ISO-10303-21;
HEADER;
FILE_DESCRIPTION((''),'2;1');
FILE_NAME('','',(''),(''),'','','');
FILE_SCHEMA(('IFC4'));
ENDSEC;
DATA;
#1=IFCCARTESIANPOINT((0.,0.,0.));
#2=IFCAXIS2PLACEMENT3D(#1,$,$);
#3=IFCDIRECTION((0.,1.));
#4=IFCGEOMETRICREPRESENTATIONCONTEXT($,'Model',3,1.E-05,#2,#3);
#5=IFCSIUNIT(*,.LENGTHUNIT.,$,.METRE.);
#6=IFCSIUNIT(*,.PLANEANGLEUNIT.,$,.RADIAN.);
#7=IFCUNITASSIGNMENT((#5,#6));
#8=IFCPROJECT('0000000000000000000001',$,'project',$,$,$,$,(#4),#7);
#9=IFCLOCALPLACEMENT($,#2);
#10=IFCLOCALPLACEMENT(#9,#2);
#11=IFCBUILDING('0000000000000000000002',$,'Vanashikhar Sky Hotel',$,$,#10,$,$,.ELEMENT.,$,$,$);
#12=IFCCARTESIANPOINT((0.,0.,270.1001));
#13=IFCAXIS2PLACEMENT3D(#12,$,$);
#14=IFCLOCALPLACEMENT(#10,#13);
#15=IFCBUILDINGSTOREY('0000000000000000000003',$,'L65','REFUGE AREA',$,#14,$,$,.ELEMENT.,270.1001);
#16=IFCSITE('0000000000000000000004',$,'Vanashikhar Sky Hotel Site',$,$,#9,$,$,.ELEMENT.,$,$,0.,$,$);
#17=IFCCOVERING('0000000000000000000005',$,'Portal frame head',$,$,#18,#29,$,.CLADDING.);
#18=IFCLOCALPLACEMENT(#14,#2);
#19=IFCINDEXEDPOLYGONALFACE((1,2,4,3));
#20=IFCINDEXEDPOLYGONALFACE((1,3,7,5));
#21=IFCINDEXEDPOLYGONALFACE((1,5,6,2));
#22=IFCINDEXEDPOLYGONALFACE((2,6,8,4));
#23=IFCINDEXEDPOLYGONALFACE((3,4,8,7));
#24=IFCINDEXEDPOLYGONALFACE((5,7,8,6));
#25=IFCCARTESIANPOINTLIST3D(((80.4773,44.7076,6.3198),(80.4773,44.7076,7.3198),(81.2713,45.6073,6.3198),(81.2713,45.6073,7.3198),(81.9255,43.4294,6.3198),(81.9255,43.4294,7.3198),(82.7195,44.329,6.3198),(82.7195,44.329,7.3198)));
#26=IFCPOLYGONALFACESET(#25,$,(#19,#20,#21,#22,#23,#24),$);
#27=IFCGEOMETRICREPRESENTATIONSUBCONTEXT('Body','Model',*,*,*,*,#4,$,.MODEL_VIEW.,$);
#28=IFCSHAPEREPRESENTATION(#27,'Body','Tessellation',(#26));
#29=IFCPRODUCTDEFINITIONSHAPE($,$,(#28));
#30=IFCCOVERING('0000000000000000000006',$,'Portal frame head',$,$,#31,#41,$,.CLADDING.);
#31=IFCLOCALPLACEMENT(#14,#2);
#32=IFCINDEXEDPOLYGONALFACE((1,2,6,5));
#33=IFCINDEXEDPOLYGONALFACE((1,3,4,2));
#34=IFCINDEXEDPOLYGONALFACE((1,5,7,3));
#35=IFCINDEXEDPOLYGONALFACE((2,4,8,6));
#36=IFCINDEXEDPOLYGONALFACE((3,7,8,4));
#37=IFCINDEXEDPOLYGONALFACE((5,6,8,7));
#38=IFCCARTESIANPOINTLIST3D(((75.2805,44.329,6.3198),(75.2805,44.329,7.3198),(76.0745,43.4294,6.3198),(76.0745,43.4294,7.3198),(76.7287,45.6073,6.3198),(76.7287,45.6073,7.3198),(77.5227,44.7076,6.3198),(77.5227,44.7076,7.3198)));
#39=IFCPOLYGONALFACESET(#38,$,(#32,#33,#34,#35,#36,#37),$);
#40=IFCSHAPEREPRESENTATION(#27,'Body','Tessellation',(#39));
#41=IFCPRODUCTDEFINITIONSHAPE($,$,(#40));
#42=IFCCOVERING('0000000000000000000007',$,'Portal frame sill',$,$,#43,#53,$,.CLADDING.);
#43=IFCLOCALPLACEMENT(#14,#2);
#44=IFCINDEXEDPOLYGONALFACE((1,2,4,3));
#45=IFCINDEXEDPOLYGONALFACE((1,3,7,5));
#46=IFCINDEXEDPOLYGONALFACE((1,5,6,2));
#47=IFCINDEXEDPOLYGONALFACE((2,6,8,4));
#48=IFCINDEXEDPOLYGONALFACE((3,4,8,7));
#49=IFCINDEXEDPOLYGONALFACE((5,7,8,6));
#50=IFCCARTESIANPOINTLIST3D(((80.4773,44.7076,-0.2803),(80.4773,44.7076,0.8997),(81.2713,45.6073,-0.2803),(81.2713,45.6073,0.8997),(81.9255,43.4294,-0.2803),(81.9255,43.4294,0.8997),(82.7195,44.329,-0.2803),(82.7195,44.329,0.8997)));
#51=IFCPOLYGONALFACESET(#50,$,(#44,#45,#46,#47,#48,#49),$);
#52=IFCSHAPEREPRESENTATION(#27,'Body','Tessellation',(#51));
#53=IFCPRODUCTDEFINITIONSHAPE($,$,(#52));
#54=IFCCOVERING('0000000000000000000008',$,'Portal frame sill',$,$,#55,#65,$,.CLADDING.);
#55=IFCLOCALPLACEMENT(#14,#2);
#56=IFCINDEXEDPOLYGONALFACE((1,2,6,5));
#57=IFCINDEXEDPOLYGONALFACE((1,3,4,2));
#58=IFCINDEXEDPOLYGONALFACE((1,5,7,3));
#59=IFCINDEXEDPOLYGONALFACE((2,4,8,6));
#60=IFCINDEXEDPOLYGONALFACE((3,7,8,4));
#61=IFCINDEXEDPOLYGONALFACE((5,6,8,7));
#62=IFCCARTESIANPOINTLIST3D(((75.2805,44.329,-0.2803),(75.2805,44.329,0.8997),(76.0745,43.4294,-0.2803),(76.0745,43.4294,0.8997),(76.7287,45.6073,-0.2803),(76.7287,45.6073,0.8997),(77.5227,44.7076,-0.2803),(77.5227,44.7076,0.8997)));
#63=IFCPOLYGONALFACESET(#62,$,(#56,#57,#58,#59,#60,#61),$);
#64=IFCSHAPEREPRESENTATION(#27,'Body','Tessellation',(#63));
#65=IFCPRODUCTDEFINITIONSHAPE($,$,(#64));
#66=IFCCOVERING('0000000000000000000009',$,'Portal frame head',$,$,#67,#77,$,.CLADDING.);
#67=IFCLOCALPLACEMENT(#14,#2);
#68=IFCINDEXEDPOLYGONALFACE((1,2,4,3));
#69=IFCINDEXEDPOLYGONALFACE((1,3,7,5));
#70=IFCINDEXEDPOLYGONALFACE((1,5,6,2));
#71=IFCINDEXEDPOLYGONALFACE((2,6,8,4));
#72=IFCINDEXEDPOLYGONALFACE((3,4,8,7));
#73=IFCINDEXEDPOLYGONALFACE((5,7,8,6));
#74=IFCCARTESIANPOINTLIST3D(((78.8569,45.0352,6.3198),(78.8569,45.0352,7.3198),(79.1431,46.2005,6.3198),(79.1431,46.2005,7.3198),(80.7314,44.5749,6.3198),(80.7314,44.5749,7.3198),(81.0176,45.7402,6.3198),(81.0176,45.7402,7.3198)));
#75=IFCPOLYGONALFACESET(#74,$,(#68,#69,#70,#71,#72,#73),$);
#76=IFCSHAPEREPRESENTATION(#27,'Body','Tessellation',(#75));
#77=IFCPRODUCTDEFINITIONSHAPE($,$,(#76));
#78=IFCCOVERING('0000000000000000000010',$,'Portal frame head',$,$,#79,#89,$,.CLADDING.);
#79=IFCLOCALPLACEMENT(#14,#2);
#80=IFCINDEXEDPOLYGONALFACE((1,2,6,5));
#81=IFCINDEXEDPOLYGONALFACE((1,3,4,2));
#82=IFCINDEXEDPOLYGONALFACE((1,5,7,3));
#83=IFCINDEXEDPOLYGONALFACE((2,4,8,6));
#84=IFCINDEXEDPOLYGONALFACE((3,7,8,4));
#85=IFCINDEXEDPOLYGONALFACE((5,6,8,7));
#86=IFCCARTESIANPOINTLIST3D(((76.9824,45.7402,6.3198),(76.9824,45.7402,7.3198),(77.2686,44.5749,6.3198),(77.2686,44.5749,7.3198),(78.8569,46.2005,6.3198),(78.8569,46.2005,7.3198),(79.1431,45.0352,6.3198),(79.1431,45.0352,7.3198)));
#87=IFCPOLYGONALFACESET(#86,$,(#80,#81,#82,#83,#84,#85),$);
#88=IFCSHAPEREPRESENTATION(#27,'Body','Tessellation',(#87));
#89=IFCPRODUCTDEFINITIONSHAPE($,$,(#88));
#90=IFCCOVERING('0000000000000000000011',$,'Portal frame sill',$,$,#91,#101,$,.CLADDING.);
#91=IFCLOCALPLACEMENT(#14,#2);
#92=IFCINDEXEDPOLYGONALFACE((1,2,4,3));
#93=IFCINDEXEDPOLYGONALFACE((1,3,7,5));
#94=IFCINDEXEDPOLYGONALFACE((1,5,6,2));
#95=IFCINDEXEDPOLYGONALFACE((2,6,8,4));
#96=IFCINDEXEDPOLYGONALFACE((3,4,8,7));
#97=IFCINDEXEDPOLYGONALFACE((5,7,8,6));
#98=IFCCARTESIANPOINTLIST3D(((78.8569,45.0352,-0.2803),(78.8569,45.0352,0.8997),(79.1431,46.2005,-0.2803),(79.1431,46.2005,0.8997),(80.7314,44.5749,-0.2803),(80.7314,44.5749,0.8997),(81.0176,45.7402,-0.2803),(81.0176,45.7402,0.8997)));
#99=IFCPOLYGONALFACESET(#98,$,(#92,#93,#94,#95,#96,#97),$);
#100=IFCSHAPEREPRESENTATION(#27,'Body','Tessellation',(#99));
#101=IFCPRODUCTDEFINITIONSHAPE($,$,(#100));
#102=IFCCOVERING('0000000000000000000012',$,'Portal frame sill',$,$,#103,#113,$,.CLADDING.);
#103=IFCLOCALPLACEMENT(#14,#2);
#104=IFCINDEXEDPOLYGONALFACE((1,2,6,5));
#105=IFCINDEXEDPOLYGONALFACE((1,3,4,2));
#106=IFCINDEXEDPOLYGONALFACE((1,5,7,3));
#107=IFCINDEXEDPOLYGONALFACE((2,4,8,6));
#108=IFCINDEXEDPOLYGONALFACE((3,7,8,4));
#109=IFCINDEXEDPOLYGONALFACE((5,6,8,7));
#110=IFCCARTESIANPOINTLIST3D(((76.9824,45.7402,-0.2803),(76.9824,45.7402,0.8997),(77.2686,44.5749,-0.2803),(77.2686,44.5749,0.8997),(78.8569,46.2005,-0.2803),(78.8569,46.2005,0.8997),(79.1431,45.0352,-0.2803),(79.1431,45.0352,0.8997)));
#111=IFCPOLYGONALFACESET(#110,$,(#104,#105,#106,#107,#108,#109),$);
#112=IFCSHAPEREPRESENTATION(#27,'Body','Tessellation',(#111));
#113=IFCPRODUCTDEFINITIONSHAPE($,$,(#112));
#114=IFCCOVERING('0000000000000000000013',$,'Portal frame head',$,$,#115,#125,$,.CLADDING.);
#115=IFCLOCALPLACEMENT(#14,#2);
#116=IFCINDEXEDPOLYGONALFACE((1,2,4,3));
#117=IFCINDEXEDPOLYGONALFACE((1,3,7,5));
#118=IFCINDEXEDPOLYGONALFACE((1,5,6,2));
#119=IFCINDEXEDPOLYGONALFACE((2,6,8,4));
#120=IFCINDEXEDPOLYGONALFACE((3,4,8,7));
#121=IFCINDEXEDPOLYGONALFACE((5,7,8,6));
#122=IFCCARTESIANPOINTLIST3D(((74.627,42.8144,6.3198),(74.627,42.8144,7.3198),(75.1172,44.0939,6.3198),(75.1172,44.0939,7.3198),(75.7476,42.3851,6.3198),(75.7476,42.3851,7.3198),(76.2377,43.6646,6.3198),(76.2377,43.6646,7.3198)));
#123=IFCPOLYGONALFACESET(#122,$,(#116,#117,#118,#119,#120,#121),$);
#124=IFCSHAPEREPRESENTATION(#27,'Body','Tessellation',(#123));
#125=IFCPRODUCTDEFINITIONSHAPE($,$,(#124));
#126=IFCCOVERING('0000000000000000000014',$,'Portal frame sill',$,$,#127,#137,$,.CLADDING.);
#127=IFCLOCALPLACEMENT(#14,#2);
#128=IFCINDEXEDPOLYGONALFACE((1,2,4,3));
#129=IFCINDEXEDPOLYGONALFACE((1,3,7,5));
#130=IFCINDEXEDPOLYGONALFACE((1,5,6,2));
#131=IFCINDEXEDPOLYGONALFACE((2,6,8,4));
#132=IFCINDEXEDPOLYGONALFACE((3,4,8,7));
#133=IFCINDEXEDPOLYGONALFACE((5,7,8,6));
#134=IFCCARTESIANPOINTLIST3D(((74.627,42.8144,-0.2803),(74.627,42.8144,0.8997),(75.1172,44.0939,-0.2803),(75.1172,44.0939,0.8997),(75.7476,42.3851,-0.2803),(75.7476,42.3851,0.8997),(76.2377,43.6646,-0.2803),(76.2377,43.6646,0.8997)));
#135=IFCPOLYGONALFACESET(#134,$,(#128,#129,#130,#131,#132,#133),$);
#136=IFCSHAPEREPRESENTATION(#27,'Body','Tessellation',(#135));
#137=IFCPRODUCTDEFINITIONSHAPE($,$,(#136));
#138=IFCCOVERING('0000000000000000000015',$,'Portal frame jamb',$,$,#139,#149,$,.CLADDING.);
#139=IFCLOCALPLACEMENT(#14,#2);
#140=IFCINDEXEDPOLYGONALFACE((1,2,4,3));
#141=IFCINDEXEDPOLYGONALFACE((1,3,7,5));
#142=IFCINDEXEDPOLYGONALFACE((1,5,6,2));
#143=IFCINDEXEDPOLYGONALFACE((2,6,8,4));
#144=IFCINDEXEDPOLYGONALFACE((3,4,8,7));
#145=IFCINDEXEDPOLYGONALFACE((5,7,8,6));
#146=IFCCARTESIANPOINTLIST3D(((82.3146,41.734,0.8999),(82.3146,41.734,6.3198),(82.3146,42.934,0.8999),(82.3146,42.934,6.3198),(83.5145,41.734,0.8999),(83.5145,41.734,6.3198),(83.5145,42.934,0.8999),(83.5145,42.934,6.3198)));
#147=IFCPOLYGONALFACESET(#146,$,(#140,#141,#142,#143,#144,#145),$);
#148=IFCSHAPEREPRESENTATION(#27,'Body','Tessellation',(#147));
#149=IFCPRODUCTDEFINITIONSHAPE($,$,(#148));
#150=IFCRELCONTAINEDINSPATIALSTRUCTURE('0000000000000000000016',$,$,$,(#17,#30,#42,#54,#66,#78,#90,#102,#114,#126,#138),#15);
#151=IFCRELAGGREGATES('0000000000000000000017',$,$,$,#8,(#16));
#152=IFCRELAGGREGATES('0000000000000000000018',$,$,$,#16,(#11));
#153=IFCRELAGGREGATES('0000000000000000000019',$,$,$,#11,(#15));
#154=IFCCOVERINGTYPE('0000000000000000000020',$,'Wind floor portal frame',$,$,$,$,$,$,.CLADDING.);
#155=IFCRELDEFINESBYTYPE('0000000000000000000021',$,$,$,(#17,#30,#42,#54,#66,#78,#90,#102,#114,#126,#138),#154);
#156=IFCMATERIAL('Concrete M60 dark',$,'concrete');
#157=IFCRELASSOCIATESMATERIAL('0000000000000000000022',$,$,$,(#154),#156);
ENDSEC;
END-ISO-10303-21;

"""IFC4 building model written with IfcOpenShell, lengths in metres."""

from ifc_helpers import new_model, si_unit, direction, frame, origin, origin_2d, place, context, subcontext, project, spatial, rectangle, extrude, source, transform, mapped, material, type_object, element, save


model = new_model("IFC4")

# Units and contexts
model_context = context("Model", 3, precision=1e-05, world=origin(), true_north=direction((0.0, 1.0)))
body_context = subcontext(model_context, "Body", "Model", "MODEL_VIEW")
ifc_project = project(units=[si_unit("LENGTHUNIT", "METRE"), si_unit("PLANEANGLEUNIT", "RADIAN")], contexts=[model_context])

# Site, building, storey
site_placement = place(None, origin())
site = spatial("IfcSite", under=ifc_project, at=site_placement, Name="Vanashikhar Sky Hotel Site", CompositionType="ELEMENT", RefElevation=0.0)
building_placement = place(site_placement, origin())
building = spatial("IfcBuilding", under=site, at=building_placement, Name="Vanashikhar Sky Hotel", CompositionType="ELEMENT")
storey_placement = place(building_placement, frame((0.0, 0.0, 270.1001)))
storey = spatial("IfcBuildingStorey", under=building, at=storey_placement, Name="L65", Description="REFUGE AREA", CompositionType="ELEMENT", Elevation=270.1001)

# Coverings
ifc_material_1 = material(Name="Concrete M60 dark", Category="concrete")
covering_type = type_object("IfcCoveringType", Name="Wind floor portal frame", PredefinedType="CLADDING", material=ifc_material_1)
shared_shape_1 = source(origin(), body_context, "Body", "SweptSolid", [
    extrude(rectangle(XDim=1.9316, YDim=1.2, at=origin_2d()), origin(), (0.0, 0.0, 1.0), 1.0),
])
for number, where, z_axis, x_axis, name in (
    (1, (81.5984, 44.5183, 6.3198), (0.0, 0.0, 1.0), (-0.749742, 0.661731, 0.0), "Portal frame head"),
    (2, (76.4016, 44.5183, 6.3198), (0.0, 0.0, 1.0), (-0.749742, -0.661731, 0.0), "Portal frame head"),
):
    element("IfcCovering", number, at=place(storey_placement, frame(where, z_axis=z_axis, x_axis=x_axis)), inside=storey, type_object=covering_type, Name=name, PredefinedType="CLADDING", context=body_context, shape_type="MappedRepresentation", body=[
        mapped(shared_shape_1, transform((0.0, 0.0, 0.0), scale=1.0)),
    ])
shared_shape_2 = source(origin(), body_context, "Body", "SweptSolid", [
    extrude(rectangle(XDim=1.9316, YDim=1.2, at=origin_2d()), origin(), (0.0, 0.0, 1.0), 1.1799),
])
for number, where, z_axis, x_axis, name in (
    (3, (81.5984, 44.5183, -0.2803), (0.0, 0.0, 1.0), (-0.749742, 0.661731, 0.0), "Portal frame sill"),
    (4, (76.4016, 44.5183, -0.2803), (0.0, 0.0, 1.0), (-0.749742, -0.661731, 0.0), "Portal frame sill"),
):
    element("IfcCovering", number, at=place(storey_placement, frame(where, z_axis=z_axis, x_axis=x_axis)), inside=storey, type_object=covering_type, Name=name, PredefinedType="CLADDING", context=body_context, shape_type="MappedRepresentation", body=[
        mapped(shared_shape_2, transform((0.0, 0.0, 0.0), scale=1.0)),
    ])
shared_shape_3 = source(origin(), body_context, "Body", "SweptSolid", [
    extrude(rectangle(XDim=1.9302, YDim=1.2, at=origin_2d()), origin(), (0.0, 0.0, 1.0), 1.0),
])
for number, where, z_axis, x_axis, name in (
    (5, (79.9373, 45.3877, 6.3198), (0.0, 0.0, 1.0), (-0.971147, 0.238483, 0.0), "Portal frame head"),
    (6, (78.0627, 45.3877, 6.3198), (0.0, 0.0, 1.0), (-0.971147, -0.238483, 0.0), "Portal frame head"),
):
    element("IfcCovering", number, at=place(storey_placement, frame(where, z_axis=z_axis, x_axis=x_axis)), inside=storey, type_object=covering_type, Name=name, PredefinedType="CLADDING", context=body_context, shape_type="MappedRepresentation", body=[
        mapped(shared_shape_3, transform((0.0, 0.0, 0.0), scale=1.0)),
    ])
shared_shape_4 = source(origin(), body_context, "Body", "SweptSolid", [
    extrude(rectangle(XDim=1.9302, YDim=1.2, at=origin_2d()), origin(), (0.0, 0.0, 1.0), 1.1799),
])
for number, where, z_axis, x_axis, name in (
    (7, (79.9373, 45.3877, -0.2803), (0.0, 0.0, 1.0), (-0.971147, 0.238483, 0.0), "Portal frame sill"),
    (8, (78.0627, 45.3877, -0.2803), (0.0, 0.0, 1.0), (-0.971147, -0.238483, 0.0), "Portal frame sill"),
):
    element("IfcCovering", number, at=place(storey_placement, frame(where, z_axis=z_axis, x_axis=x_axis)), inside=storey, type_object=covering_type, Name=name, PredefinedType="CLADDING", context=body_context, shape_type="MappedRepresentation", body=[
        mapped(shared_shape_4, transform((0.0, 0.0, 0.0), scale=1.0)),
    ])
shared_shape_5 = source(origin(), body_context, "Body", "SweptSolid", [
    extrude(rectangle(XDim=1.3701, YDim=1.2, at=origin_2d()), origin(), (0.0, 0.0, 1.0), 1.0),
])
covering_1_placement = place(storey_placement, frame((75.4324, 43.2395, 6.3198), z_axis=(0.0, 0.0, 1.0), x_axis=(-0.357749, -0.933818, 0.0)))
element("IfcCovering", 9, at=covering_1_placement, inside=storey, type_object=covering_type, Name="Portal frame head", PredefinedType="CLADDING", context=body_context, shape_type="MappedRepresentation", body=[
    mapped(shared_shape_5, transform((0.0, 0.0, 0.0), scale=1.0)),
])
shared_shape_6 = source(origin(), body_context, "Body", "SweptSolid", [
    extrude(rectangle(XDim=1.3701, YDim=1.2, at=origin_2d()), origin(), (0.0, 0.0, 1.0), 1.1799),
])
covering_2_placement = place(storey_placement, frame((75.4324, 43.2395, -0.2803), z_axis=(0.0, 0.0, 1.0), x_axis=(-0.357749, -0.933818, 0.0)))
element("IfcCovering", 10, at=covering_2_placement, inside=storey, type_object=covering_type, Name="Portal frame sill", PredefinedType="CLADDING", context=body_context, shape_type="MappedRepresentation", body=[
    mapped(shared_shape_6, transform((0.0, 0.0, 0.0), scale=1.0)),
])
shared_shape_7 = source(origin(), body_context, "Body", "SweptSolid", [
    extrude(rectangle(XDim=1.2, YDim=1.2, at=origin_2d()), origin(), (0.0, 0.0, 1.0), 5.4199),
])
covering_3_placement = place(storey_placement, frame((82.9146, 42.334, 0.8999), z_axis=(0.0, 0.0, 1.0), x_axis=(1.0, 0.0, 0.0)))
element("IfcCovering", 11, at=covering_3_placement, inside=storey, type_object=covering_type, Name="Portal frame jamb", PredefinedType="CLADDING", context=body_context, shape_type="MappedRepresentation", body=[
    mapped(shared_shape_7, transform((0.0, 0.0, 0.0), scale=1.0)),
])

save(model, "model.ifc")
